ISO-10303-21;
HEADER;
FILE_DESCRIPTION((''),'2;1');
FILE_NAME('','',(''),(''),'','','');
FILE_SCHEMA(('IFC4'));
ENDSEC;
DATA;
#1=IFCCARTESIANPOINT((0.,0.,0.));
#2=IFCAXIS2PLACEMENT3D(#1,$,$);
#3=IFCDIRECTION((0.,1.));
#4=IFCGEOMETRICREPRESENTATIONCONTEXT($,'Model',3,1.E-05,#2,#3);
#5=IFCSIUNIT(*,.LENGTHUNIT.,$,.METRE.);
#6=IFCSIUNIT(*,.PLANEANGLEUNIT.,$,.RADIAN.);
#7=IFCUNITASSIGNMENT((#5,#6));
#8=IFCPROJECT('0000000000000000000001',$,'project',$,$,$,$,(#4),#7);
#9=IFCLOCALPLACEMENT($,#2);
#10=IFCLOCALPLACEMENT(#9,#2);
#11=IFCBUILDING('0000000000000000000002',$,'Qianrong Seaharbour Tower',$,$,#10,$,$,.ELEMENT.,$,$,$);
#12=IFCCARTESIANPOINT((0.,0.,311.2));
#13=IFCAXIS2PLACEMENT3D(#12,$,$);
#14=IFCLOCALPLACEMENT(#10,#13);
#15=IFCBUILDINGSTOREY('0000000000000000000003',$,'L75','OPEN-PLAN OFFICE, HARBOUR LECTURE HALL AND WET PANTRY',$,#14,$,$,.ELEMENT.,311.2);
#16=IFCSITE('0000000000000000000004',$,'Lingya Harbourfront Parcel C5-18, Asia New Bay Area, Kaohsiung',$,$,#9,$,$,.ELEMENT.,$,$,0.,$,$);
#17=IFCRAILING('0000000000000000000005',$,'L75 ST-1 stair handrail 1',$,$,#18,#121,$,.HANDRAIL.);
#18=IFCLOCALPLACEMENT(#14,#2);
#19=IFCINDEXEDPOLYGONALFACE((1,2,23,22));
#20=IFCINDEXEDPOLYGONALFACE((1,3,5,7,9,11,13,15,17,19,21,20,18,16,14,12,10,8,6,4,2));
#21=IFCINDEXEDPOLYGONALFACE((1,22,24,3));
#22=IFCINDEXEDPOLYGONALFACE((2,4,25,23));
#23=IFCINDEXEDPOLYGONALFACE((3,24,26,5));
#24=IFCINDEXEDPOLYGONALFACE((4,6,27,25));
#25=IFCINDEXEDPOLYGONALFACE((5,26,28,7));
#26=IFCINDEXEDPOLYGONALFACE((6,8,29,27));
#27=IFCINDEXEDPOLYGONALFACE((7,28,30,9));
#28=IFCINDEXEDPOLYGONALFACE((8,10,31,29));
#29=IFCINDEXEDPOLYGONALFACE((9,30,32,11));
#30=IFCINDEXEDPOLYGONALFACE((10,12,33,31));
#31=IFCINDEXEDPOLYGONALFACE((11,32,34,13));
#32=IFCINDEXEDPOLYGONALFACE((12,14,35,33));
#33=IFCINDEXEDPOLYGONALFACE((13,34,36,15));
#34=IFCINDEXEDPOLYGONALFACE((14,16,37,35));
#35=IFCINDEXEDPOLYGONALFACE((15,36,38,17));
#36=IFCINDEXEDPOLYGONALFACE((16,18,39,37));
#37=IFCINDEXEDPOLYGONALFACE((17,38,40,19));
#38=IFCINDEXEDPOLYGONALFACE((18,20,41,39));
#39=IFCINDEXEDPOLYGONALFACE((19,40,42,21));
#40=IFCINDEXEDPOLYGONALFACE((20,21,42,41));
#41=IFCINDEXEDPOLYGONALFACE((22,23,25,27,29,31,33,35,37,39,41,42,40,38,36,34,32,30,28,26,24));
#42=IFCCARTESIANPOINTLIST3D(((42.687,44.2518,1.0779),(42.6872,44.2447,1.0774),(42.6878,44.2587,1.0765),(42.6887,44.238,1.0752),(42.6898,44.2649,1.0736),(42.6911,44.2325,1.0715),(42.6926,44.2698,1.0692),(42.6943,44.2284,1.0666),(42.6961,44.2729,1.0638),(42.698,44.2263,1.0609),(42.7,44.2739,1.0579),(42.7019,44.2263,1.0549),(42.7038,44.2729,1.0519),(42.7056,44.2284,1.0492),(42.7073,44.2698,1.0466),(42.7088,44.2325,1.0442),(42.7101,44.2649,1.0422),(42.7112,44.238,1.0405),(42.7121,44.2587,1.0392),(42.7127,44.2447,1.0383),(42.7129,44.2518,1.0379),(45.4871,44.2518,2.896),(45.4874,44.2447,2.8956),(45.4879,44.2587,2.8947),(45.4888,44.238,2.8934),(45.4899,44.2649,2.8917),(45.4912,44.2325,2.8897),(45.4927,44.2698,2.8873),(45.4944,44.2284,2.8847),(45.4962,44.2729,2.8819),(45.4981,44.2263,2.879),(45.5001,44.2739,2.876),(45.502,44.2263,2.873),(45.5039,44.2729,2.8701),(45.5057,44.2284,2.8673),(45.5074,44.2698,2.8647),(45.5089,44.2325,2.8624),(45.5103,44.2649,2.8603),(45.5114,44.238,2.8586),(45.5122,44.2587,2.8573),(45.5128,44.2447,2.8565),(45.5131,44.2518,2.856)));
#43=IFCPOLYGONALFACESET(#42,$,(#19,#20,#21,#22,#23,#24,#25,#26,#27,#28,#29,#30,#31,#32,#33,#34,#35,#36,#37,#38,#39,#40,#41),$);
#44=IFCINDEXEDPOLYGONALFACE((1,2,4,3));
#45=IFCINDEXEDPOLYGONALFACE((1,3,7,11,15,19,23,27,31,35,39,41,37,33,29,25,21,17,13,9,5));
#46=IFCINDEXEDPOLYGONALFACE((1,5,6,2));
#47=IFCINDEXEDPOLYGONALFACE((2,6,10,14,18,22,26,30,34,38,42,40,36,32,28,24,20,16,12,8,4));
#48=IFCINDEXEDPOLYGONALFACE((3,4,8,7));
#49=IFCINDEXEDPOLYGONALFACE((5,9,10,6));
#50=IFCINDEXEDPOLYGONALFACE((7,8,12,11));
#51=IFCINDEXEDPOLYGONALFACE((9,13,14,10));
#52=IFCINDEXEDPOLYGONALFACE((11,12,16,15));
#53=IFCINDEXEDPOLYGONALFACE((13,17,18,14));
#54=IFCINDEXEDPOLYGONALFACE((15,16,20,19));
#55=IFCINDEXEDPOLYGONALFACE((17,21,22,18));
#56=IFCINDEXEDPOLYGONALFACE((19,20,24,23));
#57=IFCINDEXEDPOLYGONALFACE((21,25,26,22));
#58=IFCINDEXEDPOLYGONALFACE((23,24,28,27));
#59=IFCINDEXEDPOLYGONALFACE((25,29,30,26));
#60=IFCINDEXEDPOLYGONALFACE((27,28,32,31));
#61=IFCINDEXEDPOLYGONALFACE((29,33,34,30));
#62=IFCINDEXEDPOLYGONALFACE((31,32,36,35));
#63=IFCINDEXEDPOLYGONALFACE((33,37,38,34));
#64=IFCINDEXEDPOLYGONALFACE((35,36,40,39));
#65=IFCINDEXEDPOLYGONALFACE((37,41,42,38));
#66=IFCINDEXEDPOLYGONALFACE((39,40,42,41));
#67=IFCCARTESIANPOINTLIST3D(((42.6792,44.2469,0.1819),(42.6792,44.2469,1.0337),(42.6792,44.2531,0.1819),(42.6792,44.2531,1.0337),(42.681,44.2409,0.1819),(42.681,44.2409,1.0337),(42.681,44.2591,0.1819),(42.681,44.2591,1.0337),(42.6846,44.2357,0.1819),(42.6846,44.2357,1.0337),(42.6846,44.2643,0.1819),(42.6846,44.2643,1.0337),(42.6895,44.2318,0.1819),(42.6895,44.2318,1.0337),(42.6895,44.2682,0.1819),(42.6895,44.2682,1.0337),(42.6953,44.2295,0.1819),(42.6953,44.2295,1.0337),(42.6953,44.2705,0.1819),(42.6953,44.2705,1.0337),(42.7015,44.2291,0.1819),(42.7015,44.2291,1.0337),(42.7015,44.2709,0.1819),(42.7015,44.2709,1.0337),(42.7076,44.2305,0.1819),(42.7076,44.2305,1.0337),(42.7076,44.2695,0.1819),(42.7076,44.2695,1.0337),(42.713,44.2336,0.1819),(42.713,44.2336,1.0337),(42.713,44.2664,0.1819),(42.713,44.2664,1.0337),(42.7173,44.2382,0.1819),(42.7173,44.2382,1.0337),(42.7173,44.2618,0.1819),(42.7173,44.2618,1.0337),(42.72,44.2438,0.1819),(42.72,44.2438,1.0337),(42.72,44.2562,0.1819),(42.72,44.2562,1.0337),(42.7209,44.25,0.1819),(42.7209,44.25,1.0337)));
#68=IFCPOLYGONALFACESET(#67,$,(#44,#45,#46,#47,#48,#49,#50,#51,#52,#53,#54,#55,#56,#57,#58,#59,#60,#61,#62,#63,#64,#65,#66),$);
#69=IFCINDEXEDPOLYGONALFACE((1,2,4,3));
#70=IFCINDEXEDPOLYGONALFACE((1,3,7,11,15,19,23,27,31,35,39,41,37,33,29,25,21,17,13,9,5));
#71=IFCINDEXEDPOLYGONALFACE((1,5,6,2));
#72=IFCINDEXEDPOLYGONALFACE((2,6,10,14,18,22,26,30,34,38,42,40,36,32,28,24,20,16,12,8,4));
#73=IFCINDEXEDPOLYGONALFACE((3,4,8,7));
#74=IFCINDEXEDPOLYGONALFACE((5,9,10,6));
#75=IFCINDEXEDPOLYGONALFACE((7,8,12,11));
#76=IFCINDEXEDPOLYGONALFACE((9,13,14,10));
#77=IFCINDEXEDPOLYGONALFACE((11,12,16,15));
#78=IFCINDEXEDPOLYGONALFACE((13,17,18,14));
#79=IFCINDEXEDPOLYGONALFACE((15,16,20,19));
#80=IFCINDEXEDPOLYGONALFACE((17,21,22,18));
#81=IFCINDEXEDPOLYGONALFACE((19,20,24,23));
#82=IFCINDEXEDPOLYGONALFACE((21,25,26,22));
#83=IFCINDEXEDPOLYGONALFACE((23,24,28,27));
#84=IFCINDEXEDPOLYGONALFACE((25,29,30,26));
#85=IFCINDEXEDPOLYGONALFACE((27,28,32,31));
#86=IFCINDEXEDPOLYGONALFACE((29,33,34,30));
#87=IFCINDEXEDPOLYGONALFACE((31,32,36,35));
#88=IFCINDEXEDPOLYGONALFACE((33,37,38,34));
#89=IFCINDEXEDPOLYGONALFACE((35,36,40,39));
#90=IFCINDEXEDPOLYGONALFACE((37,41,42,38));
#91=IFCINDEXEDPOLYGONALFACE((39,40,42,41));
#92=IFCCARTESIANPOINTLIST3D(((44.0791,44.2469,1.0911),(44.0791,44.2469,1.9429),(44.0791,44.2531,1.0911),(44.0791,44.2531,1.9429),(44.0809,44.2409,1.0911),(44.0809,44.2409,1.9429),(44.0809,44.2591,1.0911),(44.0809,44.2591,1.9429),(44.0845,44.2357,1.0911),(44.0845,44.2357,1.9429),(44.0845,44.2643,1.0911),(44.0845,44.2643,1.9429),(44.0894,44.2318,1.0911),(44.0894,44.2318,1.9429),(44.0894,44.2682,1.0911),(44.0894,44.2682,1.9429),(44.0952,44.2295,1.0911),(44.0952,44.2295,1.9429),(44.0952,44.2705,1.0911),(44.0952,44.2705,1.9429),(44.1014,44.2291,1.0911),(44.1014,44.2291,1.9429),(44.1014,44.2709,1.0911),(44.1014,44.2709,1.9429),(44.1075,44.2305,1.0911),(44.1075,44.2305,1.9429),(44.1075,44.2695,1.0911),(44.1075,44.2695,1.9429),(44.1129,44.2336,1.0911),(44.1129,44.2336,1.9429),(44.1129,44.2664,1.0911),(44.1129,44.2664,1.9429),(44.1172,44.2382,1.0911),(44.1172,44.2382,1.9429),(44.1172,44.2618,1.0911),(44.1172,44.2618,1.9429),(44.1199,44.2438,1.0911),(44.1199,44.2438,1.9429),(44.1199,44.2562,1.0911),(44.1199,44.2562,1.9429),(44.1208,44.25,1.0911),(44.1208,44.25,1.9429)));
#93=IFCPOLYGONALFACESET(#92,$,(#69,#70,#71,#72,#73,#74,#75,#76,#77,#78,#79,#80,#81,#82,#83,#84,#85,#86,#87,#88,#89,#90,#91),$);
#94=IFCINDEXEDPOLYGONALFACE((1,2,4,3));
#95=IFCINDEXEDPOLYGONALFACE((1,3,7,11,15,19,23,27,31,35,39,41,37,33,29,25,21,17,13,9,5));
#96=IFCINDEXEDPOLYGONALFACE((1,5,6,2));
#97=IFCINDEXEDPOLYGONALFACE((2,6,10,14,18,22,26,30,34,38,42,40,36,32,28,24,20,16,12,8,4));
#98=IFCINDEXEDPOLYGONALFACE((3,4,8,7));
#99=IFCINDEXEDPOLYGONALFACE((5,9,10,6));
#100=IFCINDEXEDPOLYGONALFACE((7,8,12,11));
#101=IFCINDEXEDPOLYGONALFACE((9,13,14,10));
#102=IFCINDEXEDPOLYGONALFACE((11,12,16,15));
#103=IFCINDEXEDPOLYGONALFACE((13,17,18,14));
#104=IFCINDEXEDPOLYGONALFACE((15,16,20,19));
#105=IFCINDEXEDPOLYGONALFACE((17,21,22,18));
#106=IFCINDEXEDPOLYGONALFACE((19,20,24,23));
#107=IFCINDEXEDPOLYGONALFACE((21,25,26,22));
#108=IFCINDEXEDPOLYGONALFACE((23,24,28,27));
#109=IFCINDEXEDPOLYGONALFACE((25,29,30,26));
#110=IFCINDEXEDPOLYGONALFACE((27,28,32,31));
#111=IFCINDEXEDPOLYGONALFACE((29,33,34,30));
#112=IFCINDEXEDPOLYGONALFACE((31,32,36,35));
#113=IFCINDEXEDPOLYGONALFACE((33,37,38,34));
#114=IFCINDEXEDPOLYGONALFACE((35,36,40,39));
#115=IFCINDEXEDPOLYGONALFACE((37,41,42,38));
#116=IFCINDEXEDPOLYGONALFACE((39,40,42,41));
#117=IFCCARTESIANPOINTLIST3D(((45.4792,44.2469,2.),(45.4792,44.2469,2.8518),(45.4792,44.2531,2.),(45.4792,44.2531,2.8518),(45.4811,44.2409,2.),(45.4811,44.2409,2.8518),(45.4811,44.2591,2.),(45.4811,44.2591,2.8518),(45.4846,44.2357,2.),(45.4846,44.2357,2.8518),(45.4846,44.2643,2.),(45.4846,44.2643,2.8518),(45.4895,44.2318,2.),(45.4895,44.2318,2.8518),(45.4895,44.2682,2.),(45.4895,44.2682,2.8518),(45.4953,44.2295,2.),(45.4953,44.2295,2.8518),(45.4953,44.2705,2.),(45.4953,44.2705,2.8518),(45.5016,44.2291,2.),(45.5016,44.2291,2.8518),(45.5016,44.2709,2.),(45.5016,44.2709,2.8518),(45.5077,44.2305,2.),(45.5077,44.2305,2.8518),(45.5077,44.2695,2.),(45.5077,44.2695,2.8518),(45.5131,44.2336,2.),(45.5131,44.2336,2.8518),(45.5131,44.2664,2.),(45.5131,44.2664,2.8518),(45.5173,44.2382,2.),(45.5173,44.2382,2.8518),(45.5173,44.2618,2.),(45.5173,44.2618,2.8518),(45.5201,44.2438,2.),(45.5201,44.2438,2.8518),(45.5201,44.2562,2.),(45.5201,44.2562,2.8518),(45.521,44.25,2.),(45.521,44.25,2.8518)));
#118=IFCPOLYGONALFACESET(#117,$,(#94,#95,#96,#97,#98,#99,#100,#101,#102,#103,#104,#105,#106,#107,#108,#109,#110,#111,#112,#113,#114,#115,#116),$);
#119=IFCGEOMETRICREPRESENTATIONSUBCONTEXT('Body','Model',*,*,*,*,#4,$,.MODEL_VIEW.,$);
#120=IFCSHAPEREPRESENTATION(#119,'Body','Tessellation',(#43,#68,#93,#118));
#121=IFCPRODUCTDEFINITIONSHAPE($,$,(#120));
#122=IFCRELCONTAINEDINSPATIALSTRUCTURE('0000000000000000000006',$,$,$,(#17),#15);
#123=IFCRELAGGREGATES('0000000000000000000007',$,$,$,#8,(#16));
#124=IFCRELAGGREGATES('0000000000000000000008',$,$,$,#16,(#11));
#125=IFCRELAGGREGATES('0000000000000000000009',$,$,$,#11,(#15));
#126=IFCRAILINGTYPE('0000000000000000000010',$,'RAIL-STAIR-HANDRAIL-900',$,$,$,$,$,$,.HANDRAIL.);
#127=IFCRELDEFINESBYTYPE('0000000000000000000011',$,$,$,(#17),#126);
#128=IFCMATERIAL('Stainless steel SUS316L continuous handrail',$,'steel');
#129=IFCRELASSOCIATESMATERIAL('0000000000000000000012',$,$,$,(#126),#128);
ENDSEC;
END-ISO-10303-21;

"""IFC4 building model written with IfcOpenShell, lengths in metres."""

from ifc_helpers import new_model, si_unit, direction, frame, origin, origin_2d, place, context, subcontext, project, spatial, circle, extrude, material, type_object, element, save


model = new_model("IFC4")

# Units and contexts
model_context = context("Model", 3, precision=1e-05, world=origin(), true_north=direction((0.0, 1.0)))
body_context = subcontext(model_context, "Body", "Model", "MODEL_VIEW")
ifc_project = project(units=[si_unit("LENGTHUNIT", "METRE"), si_unit("PLANEANGLEUNIT", "RADIAN")], contexts=[model_context])

# Site, building, storey
site_placement = place(None, origin())
site = spatial("IfcSite", under=ifc_project, at=site_placement, Name="Lingya Harbourfront Parcel C5-18, Asia New Bay Area, Kaohsiung", CompositionType="ELEMENT", RefElevation=0.0)
building_placement = place(site_placement, origin())
building = spatial("IfcBuilding", under=site, at=building_placement, Name="Qianrong Seaharbour Tower", CompositionType="ELEMENT")
storey_placement = place(building_placement, frame((0.0, 0.0, 311.2)))
storey = spatial("IfcBuildingStorey", under=building, at=storey_placement, Name="L75", Description="OPEN-PLAN OFFICE, HARBOUR LECTURE HALL AND WET PANTRY", CompositionType="ELEMENT", Elevation=311.2)

# Railing
ifc_material_1 = material(Name="Stainless steel SUS316L continuous handrail", Category="steel")
railing_type_1 = type_object("IfcRailingType", Name="RAIL-STAIR-HANDRAIL-900", PredefinedType="HANDRAIL", material=ifc_material_1)
railing_1_placement = place(storey_placement, frame((42.7, 44.25, 0.1819)))
element("IfcRailing", 1, at=railing_1_placement, inside=storey, type_object=railing_type_1, Name="L75 ST-1 stair handrail 1", PredefinedType="HANDRAIL", context=body_context, shape_type="SweptSolid", body=[
    extrude(circle(Radius=0.0239, at=origin_2d()), frame((0.0, 0.0, 0.876), z_axis=(0.838706, 0.0, 0.544585), x_axis=(0.0, 1.0, 0.0)), (0.0, 0.0, 1.0), 3.3386),
    extrude(circle(Radius=0.021, at=origin_2d()), origin(), (0.0, 0.0, 1.0), 0.8518),
    extrude(circle(Radius=0.021, at=origin_2d()), frame((1.3999, 0.0, 0.9092)), (0.0, 0.0, 1.0), 0.8518),
    extrude(circle(Radius=0.021, at=origin_2d()), frame((2.8, 0.0, 1.8181)), (0.0, 0.0, 1.0), 0.8518),
])

save(model, "model.ifc")
